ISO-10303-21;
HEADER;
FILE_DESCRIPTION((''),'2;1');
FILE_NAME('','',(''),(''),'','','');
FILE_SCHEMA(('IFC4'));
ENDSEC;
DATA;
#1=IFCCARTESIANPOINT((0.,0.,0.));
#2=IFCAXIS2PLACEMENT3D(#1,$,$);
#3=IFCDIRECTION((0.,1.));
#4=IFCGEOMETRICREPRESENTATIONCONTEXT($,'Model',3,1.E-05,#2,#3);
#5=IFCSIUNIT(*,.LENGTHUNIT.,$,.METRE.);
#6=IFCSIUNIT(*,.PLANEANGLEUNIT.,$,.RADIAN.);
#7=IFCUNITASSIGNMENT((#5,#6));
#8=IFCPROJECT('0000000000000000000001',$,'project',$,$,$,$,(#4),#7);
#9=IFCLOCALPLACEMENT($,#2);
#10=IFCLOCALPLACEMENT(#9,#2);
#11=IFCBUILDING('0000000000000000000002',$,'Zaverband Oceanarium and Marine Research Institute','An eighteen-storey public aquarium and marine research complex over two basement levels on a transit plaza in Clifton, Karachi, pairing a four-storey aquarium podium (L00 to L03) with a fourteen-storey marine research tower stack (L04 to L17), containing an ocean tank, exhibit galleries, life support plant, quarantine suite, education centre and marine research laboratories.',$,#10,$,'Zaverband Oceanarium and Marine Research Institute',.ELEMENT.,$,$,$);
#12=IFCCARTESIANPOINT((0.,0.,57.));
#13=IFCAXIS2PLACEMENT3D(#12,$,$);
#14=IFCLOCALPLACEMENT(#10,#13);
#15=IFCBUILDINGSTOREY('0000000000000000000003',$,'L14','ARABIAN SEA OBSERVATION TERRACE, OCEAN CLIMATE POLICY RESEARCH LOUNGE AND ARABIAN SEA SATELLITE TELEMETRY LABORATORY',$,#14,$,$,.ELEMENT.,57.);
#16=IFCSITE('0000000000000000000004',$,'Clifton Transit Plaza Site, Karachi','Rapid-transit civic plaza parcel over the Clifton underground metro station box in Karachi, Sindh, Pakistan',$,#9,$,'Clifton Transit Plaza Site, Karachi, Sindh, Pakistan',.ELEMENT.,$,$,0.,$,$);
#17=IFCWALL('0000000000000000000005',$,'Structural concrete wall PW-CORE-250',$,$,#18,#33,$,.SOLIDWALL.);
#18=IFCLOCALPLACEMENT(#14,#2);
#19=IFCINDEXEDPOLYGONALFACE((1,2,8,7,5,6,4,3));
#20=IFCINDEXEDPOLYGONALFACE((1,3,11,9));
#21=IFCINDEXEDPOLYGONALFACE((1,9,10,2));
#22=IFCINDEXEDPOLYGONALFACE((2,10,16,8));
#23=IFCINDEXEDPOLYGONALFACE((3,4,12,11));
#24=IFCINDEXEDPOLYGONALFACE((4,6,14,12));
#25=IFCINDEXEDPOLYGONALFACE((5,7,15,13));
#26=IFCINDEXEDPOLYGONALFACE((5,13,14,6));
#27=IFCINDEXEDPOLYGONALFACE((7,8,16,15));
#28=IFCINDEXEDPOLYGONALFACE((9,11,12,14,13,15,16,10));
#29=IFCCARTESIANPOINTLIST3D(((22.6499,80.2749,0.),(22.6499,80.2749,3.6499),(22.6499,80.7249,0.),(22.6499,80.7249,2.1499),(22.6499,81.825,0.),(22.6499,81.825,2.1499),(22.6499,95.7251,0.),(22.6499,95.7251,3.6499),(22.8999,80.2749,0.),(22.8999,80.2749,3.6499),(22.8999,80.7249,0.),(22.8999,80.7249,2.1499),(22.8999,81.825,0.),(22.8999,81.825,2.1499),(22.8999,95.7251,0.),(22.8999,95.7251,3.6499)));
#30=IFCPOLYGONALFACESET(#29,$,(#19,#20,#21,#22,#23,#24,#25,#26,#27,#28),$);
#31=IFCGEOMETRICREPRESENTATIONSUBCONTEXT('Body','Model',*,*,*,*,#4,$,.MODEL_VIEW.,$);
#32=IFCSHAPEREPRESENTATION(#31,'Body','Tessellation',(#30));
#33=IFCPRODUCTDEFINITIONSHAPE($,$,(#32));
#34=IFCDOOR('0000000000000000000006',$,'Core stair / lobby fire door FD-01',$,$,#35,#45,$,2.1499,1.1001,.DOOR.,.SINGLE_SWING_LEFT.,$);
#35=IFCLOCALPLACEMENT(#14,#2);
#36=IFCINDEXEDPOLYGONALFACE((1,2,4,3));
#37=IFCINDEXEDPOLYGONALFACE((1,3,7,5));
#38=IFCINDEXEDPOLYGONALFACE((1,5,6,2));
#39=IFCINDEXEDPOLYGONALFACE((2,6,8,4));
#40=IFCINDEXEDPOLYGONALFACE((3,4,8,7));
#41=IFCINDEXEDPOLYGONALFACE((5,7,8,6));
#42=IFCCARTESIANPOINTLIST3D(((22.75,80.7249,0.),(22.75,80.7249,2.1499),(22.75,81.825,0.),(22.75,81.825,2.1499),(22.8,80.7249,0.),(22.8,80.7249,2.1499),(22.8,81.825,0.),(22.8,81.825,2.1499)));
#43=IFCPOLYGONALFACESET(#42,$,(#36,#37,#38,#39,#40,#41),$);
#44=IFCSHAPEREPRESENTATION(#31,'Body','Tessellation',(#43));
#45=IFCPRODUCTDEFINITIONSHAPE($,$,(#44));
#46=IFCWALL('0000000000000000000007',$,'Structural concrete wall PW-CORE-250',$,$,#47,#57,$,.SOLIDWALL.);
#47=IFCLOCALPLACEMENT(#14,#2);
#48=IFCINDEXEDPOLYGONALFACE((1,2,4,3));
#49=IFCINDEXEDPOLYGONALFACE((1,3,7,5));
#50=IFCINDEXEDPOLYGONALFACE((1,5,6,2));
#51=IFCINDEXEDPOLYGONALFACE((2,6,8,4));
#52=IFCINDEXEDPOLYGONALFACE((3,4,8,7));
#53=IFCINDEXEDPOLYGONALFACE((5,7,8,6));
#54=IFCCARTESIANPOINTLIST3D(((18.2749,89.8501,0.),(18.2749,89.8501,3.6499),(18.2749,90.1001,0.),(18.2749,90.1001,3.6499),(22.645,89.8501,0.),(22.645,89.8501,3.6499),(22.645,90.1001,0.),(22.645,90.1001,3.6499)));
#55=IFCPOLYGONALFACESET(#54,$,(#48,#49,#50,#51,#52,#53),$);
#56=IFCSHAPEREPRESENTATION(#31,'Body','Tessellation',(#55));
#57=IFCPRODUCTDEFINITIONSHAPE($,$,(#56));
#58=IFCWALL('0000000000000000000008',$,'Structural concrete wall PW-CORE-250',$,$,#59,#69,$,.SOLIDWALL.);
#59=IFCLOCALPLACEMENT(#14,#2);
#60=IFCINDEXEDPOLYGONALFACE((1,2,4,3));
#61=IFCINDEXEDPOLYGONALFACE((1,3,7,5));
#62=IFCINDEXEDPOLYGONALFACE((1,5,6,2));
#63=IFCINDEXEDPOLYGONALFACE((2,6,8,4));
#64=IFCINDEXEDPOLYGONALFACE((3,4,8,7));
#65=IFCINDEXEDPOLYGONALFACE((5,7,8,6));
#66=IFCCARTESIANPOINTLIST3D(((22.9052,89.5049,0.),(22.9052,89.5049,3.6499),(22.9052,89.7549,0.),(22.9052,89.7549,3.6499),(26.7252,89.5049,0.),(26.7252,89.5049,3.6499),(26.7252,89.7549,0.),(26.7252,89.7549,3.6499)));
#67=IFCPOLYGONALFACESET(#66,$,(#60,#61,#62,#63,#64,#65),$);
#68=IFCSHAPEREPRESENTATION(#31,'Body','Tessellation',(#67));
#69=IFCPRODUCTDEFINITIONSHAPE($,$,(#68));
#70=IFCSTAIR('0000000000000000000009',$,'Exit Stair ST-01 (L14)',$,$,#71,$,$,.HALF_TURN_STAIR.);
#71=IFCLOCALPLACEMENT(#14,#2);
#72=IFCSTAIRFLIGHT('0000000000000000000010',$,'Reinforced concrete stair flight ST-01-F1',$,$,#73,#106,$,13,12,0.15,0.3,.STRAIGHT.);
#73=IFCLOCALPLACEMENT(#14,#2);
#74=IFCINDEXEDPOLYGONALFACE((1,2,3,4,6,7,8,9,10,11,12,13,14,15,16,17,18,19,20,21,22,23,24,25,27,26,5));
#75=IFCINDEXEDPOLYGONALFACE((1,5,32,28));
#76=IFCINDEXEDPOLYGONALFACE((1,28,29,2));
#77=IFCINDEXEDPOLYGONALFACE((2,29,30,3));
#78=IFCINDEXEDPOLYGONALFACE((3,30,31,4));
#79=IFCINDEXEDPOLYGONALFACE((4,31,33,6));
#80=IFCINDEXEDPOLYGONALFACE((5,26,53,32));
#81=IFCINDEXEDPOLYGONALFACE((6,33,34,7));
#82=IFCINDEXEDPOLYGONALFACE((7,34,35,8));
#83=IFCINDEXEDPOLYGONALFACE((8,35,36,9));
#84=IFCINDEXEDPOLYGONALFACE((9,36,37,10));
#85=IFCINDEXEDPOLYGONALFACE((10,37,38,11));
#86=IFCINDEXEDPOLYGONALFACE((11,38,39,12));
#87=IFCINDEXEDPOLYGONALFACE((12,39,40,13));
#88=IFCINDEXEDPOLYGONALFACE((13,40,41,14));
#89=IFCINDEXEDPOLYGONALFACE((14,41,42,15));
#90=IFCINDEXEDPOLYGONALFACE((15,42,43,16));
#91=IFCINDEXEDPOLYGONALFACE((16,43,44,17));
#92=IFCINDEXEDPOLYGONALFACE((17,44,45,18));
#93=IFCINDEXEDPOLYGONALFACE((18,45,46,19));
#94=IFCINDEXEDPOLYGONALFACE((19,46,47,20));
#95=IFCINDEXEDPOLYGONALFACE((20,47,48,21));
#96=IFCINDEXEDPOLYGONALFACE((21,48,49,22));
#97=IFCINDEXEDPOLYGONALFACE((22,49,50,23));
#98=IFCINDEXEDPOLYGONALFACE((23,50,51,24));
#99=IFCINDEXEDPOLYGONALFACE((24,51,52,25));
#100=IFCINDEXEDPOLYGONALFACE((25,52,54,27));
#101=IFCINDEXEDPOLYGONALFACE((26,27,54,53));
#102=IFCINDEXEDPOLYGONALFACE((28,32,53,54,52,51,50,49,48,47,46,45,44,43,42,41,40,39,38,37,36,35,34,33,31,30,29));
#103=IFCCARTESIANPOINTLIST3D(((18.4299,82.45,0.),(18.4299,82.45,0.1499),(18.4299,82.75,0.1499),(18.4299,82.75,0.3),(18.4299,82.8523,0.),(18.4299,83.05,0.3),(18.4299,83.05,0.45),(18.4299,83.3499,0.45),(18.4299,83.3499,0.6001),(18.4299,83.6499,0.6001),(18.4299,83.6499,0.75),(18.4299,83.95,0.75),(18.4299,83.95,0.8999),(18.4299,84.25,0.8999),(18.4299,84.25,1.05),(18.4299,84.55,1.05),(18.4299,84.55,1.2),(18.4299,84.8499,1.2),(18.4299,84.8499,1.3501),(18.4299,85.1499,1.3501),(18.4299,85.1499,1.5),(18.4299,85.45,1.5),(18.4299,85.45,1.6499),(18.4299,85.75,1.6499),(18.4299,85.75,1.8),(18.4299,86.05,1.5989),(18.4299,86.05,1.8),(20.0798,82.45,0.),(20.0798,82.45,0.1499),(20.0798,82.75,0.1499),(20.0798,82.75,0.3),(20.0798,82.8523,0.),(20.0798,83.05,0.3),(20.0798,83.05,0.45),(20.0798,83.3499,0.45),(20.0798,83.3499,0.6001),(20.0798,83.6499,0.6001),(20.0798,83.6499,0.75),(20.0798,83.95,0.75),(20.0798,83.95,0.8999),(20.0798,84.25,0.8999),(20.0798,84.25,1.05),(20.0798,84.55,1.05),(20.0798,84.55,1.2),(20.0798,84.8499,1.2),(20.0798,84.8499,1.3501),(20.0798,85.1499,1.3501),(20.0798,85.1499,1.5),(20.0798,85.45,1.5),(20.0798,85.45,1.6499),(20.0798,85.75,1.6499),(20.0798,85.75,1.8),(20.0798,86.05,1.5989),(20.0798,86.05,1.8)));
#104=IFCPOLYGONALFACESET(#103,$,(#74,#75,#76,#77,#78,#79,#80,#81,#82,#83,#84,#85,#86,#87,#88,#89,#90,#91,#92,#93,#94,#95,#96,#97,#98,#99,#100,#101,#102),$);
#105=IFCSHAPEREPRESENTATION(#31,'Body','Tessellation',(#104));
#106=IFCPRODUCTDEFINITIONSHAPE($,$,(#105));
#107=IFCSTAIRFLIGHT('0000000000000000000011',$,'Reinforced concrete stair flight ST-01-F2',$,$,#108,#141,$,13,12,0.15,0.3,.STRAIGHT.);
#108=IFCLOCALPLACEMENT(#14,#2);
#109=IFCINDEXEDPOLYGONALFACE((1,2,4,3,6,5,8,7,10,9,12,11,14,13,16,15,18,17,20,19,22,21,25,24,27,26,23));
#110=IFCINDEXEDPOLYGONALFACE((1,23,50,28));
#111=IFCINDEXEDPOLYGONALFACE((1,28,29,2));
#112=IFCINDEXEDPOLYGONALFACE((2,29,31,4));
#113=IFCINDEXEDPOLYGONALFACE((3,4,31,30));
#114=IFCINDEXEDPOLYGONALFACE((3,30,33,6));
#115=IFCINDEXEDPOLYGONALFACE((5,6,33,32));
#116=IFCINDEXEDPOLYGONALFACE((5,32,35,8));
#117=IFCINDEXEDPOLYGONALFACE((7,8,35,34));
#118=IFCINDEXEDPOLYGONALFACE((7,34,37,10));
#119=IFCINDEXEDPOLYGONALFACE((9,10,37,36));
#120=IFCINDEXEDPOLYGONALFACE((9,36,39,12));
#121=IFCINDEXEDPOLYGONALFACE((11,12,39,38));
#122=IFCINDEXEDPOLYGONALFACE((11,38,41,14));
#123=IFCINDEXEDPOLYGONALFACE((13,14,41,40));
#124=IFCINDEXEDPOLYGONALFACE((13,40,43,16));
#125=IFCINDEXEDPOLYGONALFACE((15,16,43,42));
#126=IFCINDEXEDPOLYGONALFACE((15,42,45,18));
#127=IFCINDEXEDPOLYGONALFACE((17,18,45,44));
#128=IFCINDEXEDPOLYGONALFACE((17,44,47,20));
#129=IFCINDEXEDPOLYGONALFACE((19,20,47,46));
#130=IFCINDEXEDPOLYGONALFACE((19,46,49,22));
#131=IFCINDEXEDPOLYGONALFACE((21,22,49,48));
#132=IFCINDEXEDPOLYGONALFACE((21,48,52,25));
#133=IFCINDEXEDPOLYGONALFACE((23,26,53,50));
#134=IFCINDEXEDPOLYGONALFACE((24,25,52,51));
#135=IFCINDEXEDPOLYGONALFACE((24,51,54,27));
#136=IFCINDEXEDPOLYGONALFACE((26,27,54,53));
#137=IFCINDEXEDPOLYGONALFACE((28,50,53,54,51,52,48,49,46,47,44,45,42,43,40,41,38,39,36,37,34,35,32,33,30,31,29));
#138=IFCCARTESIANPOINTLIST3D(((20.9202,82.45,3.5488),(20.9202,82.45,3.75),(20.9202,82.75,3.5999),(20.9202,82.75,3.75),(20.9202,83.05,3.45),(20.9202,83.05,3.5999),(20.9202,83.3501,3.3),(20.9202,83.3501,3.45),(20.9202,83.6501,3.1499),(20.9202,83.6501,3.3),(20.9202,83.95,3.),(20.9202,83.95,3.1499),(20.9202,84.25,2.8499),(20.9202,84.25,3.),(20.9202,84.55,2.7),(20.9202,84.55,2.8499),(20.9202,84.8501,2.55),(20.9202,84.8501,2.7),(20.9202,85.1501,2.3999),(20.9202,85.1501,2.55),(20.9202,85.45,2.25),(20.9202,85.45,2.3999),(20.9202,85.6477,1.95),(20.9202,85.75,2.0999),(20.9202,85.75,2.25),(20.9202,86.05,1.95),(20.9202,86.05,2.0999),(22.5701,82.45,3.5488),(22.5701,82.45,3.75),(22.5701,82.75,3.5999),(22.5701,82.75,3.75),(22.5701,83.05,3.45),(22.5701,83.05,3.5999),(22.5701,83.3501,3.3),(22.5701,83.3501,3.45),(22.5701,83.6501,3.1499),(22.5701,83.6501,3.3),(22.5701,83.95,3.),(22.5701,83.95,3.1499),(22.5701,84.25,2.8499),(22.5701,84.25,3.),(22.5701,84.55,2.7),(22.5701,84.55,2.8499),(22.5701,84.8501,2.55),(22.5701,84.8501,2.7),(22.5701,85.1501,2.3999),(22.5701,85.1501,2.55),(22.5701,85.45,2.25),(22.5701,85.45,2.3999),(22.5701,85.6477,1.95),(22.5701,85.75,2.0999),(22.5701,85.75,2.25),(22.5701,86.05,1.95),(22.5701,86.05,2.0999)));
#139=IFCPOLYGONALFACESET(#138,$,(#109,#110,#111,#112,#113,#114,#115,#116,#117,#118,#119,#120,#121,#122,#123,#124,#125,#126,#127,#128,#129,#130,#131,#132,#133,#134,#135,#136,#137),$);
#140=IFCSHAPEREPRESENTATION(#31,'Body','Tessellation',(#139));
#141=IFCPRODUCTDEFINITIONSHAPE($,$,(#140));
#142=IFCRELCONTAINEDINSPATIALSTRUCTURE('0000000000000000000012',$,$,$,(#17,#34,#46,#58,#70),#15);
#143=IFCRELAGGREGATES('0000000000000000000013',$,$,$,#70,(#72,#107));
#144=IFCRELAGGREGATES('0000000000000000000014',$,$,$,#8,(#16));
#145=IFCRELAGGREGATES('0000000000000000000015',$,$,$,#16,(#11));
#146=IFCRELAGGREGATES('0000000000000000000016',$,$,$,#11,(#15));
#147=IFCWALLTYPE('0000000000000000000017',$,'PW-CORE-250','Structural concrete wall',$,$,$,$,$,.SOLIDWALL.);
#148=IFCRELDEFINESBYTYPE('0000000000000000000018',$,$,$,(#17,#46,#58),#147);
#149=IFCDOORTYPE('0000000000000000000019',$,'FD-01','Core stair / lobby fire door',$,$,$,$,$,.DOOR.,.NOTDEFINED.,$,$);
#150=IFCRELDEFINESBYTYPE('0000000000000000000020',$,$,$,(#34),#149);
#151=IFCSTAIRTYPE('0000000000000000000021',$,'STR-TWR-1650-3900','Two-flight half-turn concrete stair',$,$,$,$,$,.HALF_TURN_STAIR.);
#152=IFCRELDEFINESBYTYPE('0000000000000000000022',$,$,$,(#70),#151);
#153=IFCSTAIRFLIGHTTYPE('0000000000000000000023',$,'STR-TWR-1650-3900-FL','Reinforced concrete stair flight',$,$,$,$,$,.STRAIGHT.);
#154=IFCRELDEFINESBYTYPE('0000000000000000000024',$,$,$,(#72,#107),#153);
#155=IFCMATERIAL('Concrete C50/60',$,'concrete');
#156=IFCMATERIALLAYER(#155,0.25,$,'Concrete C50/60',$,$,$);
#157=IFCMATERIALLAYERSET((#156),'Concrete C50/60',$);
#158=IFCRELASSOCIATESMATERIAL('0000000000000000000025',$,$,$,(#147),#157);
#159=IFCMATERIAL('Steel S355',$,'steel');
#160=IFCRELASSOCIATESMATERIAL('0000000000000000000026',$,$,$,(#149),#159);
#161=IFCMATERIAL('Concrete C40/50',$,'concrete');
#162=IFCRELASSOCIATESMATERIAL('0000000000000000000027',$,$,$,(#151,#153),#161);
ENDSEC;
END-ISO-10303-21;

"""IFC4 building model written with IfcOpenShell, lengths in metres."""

from ifc_helpers import new_model, si_unit, direction, frame, frame_2d, origin, place, context, subcontext, project, spatial, polyline, rectangle, outline, extrude, material, layer, layer_set, type_object, element, fill, aggregate, save


model = new_model("IFC4")

# Units and contexts
model_context = context("Model", 3, precision=1e-05, world=origin(), true_north=direction((0.0, 1.0)))
body_context = subcontext(model_context, "Body", "Model", "MODEL_VIEW")
ifc_project = project(units=[si_unit("LENGTHUNIT", "METRE"), si_unit("PLANEANGLEUNIT", "RADIAN")], contexts=[model_context])

# Site, building, storey
site_placement = place(None, origin())
site = spatial("IfcSite", under=ifc_project, at=site_placement, Name="Clifton Transit Plaza Site, Karachi", Description="Rapid-transit civic plaza parcel over the Clifton underground metro station box in Karachi, Sindh, Pakistan", LongName="Clifton Transit Plaza Site, Karachi, Sindh, Pakistan", CompositionType="ELEMENT", RefElevation=0.0)
building_placement = place(site_placement, origin())
building = spatial("IfcBuilding", under=site, at=building_placement, Name="Zaverband Oceanarium and Marine Research Institute", Description="An eighteen-storey public aquarium and marine research complex over two basement levels on a transit plaza in Clifton, Karachi, pairing a four-storey aquarium podium (L00 to L03) with a fourteen-storey marine research tower stack (L04 to L17), containing an ocean tank, exhibit galleries, life support plant, quarantine suite, education centre and marine research laboratories.", LongName="Zaverband Oceanarium and Marine Research Institute", CompositionType="ELEMENT")
storey_placement = place(building_placement, frame((0.0, 0.0, 57.0)))
storey = spatial("IfcBuildingStorey", under=building, at=storey_placement, Name="L14", Description="ARABIAN SEA OBSERVATION TERRACE, OCEAN CLIMATE POLICY RESEARCH LOUNGE AND ARABIAN SEA SATELLITE TELEMETRY LABORATORY", CompositionType="ELEMENT", Elevation=57.0)

# Shared definitions
ifc_material_1 = material(Name="Concrete C50/60", Category="concrete")

# Shared definitions
ifc_material_2 = material(Name="Concrete C40/50", Category="concrete")

# Shared definitions
ifc_material_3 = material(Name="Steel S355", Category="steel")

# Wall, opening, door
ifc_layer_1 = layer(ifc_material_1, 0.25, Name="Concrete C50/60")
ifc_layer_set_1 = layer_set([ifc_layer_1], Name="Concrete C50/60")
wall_type_1 = type_object("IfcWallType", Name="PW-CORE-250", Description="Structural concrete wall", PredefinedType="SOLIDWALL", material=ifc_layer_set_1)
wall_1_placement = place(storey_placement, frame((22.7749, 80.2749, 0.0), z_axis=(0.0, 0.0, 1.0), x_axis=(0.0, 1.0, 0.0)))
wall_1 = element("IfcWall", 1, at=wall_1_placement, inside=storey, type_object=wall_type_1, Name="Structural concrete wall PW-CORE-250", PredefinedType="SOLIDWALL", context=body_context, shape_type="SweptSolid", body=[
    extrude(rectangle(XDim=15.4502, YDim=0.25, at=frame_2d((7.7251, 0.0))), origin(), (0.0, 0.0, 1.0), 3.6499),
])
opening_1_placement = place(wall_1_placement, frame((0.45, 0.0, 0.0)))
opening_1 = element("IfcOpeningElement", 2, at=opening_1_placement, cuts=wall_1, PredefinedType="OPENING", context=body_context, shape_type="SweptSolid", body=[
    extrude(rectangle(XDim=1.1001, YDim=2.1499, at=frame_2d((0.55, 1.075))), frame((0.0, 0.137, 0.0), z_axis=(0.0, -1.0, 0.0), x_axis=(1.0, 0.0, 0.0)), (0.0, 0.0, 1.0), 0.2739),
])
door_type_1 = type_object("IfcDoorType", Name="FD-01", Description="Core stair / lobby fire door", OperationType="NOTDEFINED", PredefinedType="DOOR", material=ifc_material_3)
door_1_placement = place(opening_1_placement, origin())
door_1 = element("IfcDoor", 3, at=door_1_placement, inside=storey, type_object=door_type_1, Name="Core stair / lobby fire door FD-01", OperationType="SINGLE_SWING_LEFT", OverallHeight=2.1499, OverallWidth=1.1001, PredefinedType="DOOR", context=body_context, shape_type="SweptSolid", body=[
    extrude(rectangle(XDim=1.1001, YDim=2.1499, at=frame_2d((0.55, 1.075))), frame((0.0, 0.0249, 0.0), z_axis=(0.0, -1.0, 0.0), x_axis=(1.0, 0.0, 0.0)), (0.0, 0.0, 1.0), 0.05),
])
fill(opening_1, door_1)

# Wall
wall_2_placement = place(storey_placement, frame((18.2749, 89.9751, 0.0), z_axis=(0.0, 0.0, 1.0), x_axis=(1.0, 0.0, 0.0)))
element("IfcWall", 4, at=wall_2_placement, inside=storey, type_object=wall_type_1, Name="Structural concrete wall PW-CORE-250", PredefinedType="SOLIDWALL", context=body_context, shape_type="SweptSolid", body=[
    extrude(rectangle(XDim=4.3701, YDim=0.25, at=frame_2d((2.1851, 0.0))), origin(), (0.0, 0.0, 1.0), 3.6499),
])

# Wall
wall_3_placement = place(storey_placement, frame((22.905, 89.6299, 0.0), z_axis=(0.0, 0.0, 1.0), x_axis=(1.0, 0.0, 0.0)))
element("IfcWall", 5, at=wall_3_placement, inside=storey, type_object=wall_type_1, Name="Structural concrete wall PW-CORE-250", PredefinedType="SOLIDWALL", context=body_context, shape_type="SweptSolid", body=[
    extrude(rectangle(XDim=3.8201, YDim=0.25, at=frame_2d((1.9102, 0.0))), origin(), (0.0, 0.0, 1.0), 3.6499),
])

# Stair, stair flights
stair_type = type_object("IfcStairType", Name="STR-TWR-1650-3900", Description="Two-flight half-turn concrete stair", PredefinedType="HALF_TURN_STAIR", material=ifc_material_2)
stair_placement = place(storey_placement, origin())
stair = element("IfcStair", 6, at=stair_placement, inside=storey, type_object=stair_type, Name="Exit Stair ST-01 (L14)", PredefinedType="HALF_TURN_STAIR")
stair_flight_type = type_object("IfcStairFlightType", Name="STR-TWR-1650-3900-FL", Description="Reinforced concrete stair flight", PredefinedType="STRAIGHT", material=ifc_material_2)
stair_flight_1_placement = place(storey_placement, frame((19.2549, 82.45, 0.0), z_axis=(0.0, 0.0, 1.0), x_axis=(0.0, 1.0, 0.0)))
stair_flight_1 = element("IfcStairFlight", 7, at=stair_flight_1_placement, type_object=stair_flight_type, Name="Reinforced concrete stair flight ST-01-F1", NumberOfRisers=13, NumberOfTreads=12, PredefinedType="STRAIGHT", RiserHeight=0.15, TreadLength=0.3, context=body_context, shape_type="SweptSolid", body=[
    extrude(outline(polyline([(0.0, 0.0), (0.0, 0.1499), (0.3, 0.1499), (0.3, 0.3), (0.6001, 0.3), (0.6001, 0.45), (0.8999, 0.45), (0.8999, 0.6001), (1.2, 0.6001), (1.2, 0.75), (1.5, 0.75), (1.5, 0.8999), (1.8, 0.8999), (1.8, 1.05), (2.1001, 1.05), (2.1001, 1.2), (2.3999, 1.2), (2.3999, 1.3501), (2.7, 1.3501), (2.7, 1.5), (3.0, 1.5), (3.0, 1.6499), (3.3, 1.6499), (3.3, 1.8), (3.6001, 1.8), (3.6001, 1.95), (3.6001, 1.5989), (0.4023, 0.0), (0.0, 0.0)])), frame((0.0, 0.825, 0.0), z_axis=(0.0, -1.0, 0.0), x_axis=(1.0, 0.0, 0.0)), (0.0, 0.0, 1.0), 1.6499),
])
stair_flight_2_placement = place(storey_placement, frame((21.7451, 86.05, 1.95), z_axis=(0.0, 0.0, 1.0), x_axis=(0.0, -1.0, 0.0)))
stair_flight_2 = element("IfcStairFlight", 8, at=stair_flight_2_placement, type_object=stair_flight_type, Name="Reinforced concrete stair flight ST-01-F2", NumberOfRisers=13, NumberOfTreads=12, PredefinedType="STRAIGHT", RiserHeight=0.15, TreadLength=0.3, context=body_context, shape_type="SweptSolid", body=[
    extrude(outline(polyline([(0.0, 0.0), (0.0, 0.1499), (0.3, 0.1499), (0.3, 0.3), (0.6001, 0.3), (0.6001, 0.45), (0.8999, 0.45), (0.8999, 0.6001), (1.2, 0.6001), (1.2, 0.75), (1.5, 0.75), (1.5, 0.8999), (1.8, 0.8999), (1.8, 1.05), (2.1001, 1.05), (2.1001, 1.2), (2.3999, 1.2), (2.3999, 1.3501), (2.7, 1.3501), (2.7, 1.5), (3.0, 1.5), (3.0, 1.6499), (3.3, 1.6499), (3.3, 1.8), (3.6001, 1.8), (3.6001, 1.95), (3.6001, 1.5989), (0.4023, 0.0), (0.0, 0.0)])), frame((0.0, 0.825, 0.0), z_axis=(0.0, -1.0, 0.0), x_axis=(1.0, 0.0, 0.0)), (0.0, 0.0, 1.0), 1.6499),
])
aggregate(stair, [stair_flight_1, stair_flight_2])

save(model, "model.ifc")
